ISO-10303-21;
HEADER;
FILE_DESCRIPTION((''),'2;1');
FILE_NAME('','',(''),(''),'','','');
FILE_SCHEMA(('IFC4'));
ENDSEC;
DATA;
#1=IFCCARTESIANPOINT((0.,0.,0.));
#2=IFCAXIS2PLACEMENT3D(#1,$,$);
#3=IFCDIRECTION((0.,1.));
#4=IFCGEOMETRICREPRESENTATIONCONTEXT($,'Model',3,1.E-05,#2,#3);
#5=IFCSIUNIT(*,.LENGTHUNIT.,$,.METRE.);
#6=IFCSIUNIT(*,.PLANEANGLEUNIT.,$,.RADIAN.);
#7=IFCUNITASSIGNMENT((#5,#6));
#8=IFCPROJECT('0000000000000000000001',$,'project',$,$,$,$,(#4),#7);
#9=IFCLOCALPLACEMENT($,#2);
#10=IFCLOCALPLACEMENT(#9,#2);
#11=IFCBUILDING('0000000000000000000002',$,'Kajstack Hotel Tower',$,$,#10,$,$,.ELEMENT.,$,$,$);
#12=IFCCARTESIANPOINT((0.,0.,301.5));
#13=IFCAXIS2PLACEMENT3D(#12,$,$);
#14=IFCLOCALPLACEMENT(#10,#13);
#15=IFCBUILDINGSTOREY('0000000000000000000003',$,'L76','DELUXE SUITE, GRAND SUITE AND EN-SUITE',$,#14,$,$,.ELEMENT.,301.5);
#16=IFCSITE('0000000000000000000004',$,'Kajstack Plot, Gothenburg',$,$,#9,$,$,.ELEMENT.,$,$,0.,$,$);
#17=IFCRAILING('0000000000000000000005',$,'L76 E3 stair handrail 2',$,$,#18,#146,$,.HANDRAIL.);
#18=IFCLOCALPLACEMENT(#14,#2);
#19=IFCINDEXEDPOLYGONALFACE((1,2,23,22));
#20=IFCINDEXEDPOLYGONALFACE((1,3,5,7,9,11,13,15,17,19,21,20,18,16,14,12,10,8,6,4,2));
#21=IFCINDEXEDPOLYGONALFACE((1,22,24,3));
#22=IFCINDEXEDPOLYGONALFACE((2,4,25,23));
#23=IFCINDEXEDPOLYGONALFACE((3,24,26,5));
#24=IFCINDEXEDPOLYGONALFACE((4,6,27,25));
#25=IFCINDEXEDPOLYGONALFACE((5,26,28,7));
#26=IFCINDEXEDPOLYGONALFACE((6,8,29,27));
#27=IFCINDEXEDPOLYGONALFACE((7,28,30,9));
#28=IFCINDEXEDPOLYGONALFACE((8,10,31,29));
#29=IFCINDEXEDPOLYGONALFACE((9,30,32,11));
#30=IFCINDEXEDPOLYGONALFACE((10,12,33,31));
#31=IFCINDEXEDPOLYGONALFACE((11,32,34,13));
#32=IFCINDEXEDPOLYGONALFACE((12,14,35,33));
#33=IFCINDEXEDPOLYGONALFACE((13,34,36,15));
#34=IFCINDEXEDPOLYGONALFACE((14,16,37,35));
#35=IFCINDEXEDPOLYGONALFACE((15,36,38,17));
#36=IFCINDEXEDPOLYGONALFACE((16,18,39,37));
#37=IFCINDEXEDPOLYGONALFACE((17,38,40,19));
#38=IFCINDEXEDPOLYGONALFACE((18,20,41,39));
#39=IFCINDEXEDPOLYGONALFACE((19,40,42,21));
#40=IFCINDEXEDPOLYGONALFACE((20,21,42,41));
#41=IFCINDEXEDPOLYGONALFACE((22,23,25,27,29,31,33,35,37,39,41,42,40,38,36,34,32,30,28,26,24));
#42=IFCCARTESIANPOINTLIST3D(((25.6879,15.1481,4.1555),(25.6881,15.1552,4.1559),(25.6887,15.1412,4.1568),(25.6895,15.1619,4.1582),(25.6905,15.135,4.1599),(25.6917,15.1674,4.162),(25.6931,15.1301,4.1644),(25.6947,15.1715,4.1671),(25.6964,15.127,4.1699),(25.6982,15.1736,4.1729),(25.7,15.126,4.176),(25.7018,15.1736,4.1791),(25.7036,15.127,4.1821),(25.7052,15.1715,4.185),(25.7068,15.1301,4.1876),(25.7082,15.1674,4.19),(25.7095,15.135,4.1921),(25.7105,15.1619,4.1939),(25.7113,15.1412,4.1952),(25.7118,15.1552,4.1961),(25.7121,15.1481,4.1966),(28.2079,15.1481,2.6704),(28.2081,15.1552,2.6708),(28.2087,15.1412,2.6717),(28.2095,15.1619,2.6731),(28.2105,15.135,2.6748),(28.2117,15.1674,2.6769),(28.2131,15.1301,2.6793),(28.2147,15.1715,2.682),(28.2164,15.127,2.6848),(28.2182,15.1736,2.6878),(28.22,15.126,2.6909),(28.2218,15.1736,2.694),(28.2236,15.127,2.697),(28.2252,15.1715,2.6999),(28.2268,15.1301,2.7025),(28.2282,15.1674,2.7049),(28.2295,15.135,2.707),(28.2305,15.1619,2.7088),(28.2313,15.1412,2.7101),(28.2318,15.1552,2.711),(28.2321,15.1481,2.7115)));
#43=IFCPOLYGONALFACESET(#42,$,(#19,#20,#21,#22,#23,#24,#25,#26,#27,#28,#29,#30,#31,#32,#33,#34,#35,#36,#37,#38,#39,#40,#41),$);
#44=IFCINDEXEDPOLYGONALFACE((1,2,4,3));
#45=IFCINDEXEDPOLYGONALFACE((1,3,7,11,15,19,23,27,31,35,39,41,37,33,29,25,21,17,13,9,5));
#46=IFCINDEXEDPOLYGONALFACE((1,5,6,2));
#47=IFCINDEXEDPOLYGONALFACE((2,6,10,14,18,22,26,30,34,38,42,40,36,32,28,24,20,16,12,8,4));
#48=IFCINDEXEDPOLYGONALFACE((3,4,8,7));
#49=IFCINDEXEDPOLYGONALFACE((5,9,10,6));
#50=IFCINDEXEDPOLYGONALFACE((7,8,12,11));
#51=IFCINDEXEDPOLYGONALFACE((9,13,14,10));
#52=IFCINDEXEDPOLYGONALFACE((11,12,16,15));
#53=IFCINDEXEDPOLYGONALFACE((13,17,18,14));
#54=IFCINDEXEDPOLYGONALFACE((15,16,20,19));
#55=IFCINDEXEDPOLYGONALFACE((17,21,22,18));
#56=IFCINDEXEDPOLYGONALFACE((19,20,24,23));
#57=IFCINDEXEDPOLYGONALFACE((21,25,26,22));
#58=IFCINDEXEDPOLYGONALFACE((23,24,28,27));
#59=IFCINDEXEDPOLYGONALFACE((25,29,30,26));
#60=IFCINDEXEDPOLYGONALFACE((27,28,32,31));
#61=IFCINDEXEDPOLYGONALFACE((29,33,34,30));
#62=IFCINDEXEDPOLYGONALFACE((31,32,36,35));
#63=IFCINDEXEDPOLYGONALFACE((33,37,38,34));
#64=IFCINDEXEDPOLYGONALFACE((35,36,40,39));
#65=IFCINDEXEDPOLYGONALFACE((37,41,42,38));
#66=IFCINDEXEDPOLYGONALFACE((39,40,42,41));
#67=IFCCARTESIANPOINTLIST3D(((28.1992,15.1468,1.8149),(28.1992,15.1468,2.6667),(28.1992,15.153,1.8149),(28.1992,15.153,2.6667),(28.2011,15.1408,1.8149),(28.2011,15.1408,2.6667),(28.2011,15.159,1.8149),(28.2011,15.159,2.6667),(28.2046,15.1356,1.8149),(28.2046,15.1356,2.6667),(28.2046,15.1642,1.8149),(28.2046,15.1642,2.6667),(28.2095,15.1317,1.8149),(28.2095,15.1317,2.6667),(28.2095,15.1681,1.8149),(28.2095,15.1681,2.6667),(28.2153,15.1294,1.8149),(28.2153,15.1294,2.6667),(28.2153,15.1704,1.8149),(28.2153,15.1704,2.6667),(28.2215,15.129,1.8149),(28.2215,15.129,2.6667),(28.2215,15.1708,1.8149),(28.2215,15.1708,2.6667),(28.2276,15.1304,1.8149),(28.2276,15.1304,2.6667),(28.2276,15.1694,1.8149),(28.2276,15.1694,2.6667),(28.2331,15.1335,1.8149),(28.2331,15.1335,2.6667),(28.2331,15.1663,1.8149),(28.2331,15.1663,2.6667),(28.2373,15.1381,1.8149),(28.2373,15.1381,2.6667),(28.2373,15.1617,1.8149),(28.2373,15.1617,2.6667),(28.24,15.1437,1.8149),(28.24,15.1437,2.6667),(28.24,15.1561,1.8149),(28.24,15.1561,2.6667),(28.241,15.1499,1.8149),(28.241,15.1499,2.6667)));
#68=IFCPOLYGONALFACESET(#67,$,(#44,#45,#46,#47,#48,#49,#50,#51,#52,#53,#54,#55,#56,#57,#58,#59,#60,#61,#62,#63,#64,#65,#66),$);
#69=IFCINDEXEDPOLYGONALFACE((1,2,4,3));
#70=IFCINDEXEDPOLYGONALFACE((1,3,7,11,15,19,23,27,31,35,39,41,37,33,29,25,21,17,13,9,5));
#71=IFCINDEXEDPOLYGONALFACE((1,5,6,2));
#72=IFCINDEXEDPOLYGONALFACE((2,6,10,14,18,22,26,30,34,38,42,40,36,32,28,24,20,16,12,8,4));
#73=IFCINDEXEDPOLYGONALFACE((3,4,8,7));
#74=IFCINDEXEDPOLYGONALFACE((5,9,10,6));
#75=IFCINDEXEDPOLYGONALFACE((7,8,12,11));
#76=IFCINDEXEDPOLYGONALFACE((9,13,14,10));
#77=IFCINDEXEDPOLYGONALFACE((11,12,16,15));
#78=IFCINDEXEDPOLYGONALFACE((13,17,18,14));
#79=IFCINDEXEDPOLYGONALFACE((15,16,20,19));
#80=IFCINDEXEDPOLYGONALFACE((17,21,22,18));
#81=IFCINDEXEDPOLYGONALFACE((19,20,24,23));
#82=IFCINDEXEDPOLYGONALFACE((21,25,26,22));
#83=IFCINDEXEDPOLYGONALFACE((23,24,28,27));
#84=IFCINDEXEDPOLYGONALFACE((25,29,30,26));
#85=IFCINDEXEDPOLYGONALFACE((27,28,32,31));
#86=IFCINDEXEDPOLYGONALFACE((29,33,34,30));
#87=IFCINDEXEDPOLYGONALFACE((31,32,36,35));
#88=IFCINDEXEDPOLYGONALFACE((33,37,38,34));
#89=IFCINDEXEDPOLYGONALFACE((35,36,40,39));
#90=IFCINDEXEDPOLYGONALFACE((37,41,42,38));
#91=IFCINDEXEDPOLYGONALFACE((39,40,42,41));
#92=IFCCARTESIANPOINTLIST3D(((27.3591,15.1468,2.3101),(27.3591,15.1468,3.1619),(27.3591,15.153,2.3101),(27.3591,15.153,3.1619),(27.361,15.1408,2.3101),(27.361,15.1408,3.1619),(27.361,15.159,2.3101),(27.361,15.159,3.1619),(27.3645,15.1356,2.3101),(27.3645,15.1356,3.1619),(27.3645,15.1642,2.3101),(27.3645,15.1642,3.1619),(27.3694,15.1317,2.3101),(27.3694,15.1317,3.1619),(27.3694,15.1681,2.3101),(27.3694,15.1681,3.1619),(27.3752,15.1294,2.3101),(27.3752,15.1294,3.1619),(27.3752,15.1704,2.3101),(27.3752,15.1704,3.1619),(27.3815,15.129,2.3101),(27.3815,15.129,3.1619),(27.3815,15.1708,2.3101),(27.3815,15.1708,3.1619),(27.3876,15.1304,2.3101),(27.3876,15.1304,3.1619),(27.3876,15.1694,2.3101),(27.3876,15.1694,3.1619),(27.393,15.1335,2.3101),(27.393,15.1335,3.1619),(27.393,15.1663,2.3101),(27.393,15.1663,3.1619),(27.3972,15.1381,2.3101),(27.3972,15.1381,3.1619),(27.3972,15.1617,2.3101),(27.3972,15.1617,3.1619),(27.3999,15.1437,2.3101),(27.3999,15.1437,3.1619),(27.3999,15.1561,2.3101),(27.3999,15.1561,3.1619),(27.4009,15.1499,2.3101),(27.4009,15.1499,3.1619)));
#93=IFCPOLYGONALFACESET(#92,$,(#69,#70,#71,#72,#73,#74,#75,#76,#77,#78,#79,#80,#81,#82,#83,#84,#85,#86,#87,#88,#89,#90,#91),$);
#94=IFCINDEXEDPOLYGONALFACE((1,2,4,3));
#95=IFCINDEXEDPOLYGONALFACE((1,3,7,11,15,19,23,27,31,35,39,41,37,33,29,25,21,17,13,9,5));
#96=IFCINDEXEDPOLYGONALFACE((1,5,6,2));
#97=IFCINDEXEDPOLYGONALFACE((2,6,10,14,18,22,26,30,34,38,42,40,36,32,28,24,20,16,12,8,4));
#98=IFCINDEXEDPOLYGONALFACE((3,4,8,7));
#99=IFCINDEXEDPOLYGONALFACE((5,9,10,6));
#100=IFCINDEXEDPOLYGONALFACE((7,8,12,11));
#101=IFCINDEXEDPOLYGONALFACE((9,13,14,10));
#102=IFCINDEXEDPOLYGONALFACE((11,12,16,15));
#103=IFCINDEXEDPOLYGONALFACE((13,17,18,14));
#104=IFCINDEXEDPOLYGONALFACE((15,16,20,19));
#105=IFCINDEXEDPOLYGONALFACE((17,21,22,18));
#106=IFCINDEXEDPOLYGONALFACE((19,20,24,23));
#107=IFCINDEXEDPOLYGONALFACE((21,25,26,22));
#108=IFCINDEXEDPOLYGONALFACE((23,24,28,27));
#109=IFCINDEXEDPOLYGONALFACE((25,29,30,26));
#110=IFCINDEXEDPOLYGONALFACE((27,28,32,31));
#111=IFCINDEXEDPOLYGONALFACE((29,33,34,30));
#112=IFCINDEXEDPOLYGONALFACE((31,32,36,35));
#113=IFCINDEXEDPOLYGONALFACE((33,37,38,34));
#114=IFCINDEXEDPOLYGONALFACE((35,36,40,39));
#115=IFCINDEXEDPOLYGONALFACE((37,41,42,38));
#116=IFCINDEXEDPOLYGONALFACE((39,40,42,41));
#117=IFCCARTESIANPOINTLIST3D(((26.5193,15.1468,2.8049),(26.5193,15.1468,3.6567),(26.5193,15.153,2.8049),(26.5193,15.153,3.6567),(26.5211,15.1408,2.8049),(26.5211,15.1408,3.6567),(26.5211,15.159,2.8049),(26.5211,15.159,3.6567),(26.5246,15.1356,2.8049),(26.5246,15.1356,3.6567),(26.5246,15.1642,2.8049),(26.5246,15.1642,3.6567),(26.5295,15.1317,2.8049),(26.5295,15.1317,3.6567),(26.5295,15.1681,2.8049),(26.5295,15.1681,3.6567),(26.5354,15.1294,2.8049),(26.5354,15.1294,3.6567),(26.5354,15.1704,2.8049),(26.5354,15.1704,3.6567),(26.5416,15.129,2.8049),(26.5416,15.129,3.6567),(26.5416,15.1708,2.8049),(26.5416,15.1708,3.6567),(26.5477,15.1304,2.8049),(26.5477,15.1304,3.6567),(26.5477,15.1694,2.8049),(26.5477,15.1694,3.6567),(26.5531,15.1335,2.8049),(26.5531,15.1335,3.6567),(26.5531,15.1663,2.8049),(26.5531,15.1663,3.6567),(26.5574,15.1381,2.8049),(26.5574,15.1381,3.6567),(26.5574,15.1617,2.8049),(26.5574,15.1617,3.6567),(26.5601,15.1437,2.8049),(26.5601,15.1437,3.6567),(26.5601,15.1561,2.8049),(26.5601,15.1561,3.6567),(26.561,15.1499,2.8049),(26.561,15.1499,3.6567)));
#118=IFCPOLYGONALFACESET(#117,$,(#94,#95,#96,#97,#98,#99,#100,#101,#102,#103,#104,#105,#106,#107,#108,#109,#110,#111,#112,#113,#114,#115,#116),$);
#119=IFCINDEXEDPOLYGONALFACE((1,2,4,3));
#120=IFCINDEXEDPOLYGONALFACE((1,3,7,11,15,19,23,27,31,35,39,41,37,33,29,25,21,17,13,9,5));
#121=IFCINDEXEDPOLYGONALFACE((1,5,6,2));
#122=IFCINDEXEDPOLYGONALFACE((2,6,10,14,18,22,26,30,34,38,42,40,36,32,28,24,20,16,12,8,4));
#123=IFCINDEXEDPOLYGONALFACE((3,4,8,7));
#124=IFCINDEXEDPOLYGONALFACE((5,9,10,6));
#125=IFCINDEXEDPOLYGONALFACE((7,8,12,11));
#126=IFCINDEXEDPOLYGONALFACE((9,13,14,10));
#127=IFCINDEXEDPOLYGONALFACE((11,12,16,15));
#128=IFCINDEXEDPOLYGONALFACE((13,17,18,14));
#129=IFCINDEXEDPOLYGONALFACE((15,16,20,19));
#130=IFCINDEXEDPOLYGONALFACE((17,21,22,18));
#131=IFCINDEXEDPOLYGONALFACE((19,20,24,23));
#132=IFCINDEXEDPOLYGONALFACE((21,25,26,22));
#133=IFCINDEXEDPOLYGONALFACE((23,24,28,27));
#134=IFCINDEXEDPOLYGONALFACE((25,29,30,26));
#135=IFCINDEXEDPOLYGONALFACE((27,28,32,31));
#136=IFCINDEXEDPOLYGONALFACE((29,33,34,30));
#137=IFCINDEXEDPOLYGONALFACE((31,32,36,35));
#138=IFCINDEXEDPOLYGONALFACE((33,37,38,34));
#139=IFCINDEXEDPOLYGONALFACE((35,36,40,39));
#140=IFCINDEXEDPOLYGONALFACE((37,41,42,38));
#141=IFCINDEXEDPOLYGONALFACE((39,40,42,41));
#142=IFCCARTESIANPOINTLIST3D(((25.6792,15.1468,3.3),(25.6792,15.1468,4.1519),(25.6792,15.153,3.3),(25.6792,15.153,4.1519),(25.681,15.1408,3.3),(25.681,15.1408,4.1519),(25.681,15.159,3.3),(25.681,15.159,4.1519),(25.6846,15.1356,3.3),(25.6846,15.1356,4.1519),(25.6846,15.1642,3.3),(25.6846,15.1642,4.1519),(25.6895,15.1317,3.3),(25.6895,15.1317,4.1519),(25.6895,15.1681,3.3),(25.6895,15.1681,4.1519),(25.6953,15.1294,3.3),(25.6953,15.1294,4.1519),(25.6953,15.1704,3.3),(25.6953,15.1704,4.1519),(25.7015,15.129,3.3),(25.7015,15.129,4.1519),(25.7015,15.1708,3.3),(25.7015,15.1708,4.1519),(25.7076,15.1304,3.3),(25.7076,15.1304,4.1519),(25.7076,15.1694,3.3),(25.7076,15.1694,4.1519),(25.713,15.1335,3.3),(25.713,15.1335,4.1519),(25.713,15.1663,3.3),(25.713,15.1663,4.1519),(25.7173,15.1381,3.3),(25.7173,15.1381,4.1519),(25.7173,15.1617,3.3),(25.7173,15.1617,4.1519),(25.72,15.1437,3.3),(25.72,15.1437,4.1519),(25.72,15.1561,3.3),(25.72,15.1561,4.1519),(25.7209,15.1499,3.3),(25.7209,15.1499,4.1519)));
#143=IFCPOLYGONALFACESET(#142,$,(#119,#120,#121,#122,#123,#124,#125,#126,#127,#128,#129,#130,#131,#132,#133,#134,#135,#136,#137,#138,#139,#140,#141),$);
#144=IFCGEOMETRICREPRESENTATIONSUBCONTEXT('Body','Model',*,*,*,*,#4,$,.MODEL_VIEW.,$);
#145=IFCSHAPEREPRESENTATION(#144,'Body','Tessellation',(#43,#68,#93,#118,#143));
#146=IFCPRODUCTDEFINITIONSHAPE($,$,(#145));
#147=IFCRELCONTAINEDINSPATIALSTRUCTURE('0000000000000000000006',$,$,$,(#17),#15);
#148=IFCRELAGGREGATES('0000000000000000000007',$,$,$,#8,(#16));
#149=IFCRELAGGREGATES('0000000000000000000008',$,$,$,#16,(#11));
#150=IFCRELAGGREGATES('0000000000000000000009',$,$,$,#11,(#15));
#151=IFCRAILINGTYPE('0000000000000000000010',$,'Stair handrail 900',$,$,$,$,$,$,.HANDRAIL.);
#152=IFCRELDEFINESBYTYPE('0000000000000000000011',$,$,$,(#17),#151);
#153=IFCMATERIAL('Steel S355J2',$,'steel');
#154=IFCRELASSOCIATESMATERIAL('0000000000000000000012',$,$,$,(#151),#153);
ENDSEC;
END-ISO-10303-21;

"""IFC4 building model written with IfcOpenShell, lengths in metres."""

from ifc_helpers import new_model, si_unit, direction, frame, origin, origin_2d, place, context, subcontext, project, spatial, circle, extrude, material, type_object, element, save


model = new_model("IFC4")

# Units and contexts
model_context = context("Model", 3, precision=1e-05, world=origin(), true_north=direction((0.0, 1.0)))
body_context = subcontext(model_context, "Body", "Model", "MODEL_VIEW")
ifc_project = project(units=[si_unit("LENGTHUNIT", "METRE"), si_unit("PLANEANGLEUNIT", "RADIAN")], contexts=[model_context])

# Site, building, storey
site_placement = place(None, origin())
site = spatial("IfcSite", under=ifc_project, at=site_placement, Name="Kajstack Plot, Gothenburg", CompositionType="ELEMENT", RefElevation=0.0)
building_placement = place(site_placement, origin())
building = spatial("IfcBuilding", under=site, at=building_placement, Name="Kajstack Hotel Tower", CompositionType="ELEMENT")
storey_placement = place(building_placement, frame((0.0, 0.0, 301.5)))
storey = spatial("IfcBuildingStorey", under=building, at=storey_placement, Name="L76", Description="DELUXE SUITE, GRAND SUITE AND EN-SUITE", CompositionType="ELEMENT", Elevation=301.5)

# Railing
ifc_material_1 = material(Name="Steel S355J2", Category="steel")
railing_type_1 = type_object("IfcRailingType", Name="Stair handrail 900", PredefinedType="HANDRAIL", material=ifc_material_1)
railing_1_placement = place(storey_placement, frame((28.22, 15.1499, 1.8149)))
element("IfcRailing", 1, at=railing_1_placement, inside=storey, type_object=railing_type_1, Name="L76 E3 stair handrail 2", PredefinedType="HANDRAIL", context=body_context, shape_type="SweptSolid", body=[
    extrude(circle(Radius=0.0239, at=origin_2d()), frame((0.0, 0.0, 0.876), z_axis=(-0.861524, 0.0, 0.507717), x_axis=(0.0, -1.0, 0.0)), (0.0, 0.0, 1.0), 2.925),
    extrude(circle(Radius=0.021, at=origin_2d()), origin(), (0.0, 0.0, 1.0), 0.8518),
    extrude(circle(Radius=0.021, at=origin_2d()), frame((-0.8401, 0.0, 0.4951)), (0.0, 0.0, 1.0), 0.8518),
    extrude(circle(Radius=0.021, at=origin_2d()), frame((-1.6799, 0.0, 0.99)), (0.0, 0.0, 1.0), 0.8518),
    extrude(circle(Radius=0.021, at=origin_2d()), frame((-2.52, 0.0, 1.4851)), (0.0, 0.0, 1.0), 0.8518),
])

save(model, "model.ifc")
